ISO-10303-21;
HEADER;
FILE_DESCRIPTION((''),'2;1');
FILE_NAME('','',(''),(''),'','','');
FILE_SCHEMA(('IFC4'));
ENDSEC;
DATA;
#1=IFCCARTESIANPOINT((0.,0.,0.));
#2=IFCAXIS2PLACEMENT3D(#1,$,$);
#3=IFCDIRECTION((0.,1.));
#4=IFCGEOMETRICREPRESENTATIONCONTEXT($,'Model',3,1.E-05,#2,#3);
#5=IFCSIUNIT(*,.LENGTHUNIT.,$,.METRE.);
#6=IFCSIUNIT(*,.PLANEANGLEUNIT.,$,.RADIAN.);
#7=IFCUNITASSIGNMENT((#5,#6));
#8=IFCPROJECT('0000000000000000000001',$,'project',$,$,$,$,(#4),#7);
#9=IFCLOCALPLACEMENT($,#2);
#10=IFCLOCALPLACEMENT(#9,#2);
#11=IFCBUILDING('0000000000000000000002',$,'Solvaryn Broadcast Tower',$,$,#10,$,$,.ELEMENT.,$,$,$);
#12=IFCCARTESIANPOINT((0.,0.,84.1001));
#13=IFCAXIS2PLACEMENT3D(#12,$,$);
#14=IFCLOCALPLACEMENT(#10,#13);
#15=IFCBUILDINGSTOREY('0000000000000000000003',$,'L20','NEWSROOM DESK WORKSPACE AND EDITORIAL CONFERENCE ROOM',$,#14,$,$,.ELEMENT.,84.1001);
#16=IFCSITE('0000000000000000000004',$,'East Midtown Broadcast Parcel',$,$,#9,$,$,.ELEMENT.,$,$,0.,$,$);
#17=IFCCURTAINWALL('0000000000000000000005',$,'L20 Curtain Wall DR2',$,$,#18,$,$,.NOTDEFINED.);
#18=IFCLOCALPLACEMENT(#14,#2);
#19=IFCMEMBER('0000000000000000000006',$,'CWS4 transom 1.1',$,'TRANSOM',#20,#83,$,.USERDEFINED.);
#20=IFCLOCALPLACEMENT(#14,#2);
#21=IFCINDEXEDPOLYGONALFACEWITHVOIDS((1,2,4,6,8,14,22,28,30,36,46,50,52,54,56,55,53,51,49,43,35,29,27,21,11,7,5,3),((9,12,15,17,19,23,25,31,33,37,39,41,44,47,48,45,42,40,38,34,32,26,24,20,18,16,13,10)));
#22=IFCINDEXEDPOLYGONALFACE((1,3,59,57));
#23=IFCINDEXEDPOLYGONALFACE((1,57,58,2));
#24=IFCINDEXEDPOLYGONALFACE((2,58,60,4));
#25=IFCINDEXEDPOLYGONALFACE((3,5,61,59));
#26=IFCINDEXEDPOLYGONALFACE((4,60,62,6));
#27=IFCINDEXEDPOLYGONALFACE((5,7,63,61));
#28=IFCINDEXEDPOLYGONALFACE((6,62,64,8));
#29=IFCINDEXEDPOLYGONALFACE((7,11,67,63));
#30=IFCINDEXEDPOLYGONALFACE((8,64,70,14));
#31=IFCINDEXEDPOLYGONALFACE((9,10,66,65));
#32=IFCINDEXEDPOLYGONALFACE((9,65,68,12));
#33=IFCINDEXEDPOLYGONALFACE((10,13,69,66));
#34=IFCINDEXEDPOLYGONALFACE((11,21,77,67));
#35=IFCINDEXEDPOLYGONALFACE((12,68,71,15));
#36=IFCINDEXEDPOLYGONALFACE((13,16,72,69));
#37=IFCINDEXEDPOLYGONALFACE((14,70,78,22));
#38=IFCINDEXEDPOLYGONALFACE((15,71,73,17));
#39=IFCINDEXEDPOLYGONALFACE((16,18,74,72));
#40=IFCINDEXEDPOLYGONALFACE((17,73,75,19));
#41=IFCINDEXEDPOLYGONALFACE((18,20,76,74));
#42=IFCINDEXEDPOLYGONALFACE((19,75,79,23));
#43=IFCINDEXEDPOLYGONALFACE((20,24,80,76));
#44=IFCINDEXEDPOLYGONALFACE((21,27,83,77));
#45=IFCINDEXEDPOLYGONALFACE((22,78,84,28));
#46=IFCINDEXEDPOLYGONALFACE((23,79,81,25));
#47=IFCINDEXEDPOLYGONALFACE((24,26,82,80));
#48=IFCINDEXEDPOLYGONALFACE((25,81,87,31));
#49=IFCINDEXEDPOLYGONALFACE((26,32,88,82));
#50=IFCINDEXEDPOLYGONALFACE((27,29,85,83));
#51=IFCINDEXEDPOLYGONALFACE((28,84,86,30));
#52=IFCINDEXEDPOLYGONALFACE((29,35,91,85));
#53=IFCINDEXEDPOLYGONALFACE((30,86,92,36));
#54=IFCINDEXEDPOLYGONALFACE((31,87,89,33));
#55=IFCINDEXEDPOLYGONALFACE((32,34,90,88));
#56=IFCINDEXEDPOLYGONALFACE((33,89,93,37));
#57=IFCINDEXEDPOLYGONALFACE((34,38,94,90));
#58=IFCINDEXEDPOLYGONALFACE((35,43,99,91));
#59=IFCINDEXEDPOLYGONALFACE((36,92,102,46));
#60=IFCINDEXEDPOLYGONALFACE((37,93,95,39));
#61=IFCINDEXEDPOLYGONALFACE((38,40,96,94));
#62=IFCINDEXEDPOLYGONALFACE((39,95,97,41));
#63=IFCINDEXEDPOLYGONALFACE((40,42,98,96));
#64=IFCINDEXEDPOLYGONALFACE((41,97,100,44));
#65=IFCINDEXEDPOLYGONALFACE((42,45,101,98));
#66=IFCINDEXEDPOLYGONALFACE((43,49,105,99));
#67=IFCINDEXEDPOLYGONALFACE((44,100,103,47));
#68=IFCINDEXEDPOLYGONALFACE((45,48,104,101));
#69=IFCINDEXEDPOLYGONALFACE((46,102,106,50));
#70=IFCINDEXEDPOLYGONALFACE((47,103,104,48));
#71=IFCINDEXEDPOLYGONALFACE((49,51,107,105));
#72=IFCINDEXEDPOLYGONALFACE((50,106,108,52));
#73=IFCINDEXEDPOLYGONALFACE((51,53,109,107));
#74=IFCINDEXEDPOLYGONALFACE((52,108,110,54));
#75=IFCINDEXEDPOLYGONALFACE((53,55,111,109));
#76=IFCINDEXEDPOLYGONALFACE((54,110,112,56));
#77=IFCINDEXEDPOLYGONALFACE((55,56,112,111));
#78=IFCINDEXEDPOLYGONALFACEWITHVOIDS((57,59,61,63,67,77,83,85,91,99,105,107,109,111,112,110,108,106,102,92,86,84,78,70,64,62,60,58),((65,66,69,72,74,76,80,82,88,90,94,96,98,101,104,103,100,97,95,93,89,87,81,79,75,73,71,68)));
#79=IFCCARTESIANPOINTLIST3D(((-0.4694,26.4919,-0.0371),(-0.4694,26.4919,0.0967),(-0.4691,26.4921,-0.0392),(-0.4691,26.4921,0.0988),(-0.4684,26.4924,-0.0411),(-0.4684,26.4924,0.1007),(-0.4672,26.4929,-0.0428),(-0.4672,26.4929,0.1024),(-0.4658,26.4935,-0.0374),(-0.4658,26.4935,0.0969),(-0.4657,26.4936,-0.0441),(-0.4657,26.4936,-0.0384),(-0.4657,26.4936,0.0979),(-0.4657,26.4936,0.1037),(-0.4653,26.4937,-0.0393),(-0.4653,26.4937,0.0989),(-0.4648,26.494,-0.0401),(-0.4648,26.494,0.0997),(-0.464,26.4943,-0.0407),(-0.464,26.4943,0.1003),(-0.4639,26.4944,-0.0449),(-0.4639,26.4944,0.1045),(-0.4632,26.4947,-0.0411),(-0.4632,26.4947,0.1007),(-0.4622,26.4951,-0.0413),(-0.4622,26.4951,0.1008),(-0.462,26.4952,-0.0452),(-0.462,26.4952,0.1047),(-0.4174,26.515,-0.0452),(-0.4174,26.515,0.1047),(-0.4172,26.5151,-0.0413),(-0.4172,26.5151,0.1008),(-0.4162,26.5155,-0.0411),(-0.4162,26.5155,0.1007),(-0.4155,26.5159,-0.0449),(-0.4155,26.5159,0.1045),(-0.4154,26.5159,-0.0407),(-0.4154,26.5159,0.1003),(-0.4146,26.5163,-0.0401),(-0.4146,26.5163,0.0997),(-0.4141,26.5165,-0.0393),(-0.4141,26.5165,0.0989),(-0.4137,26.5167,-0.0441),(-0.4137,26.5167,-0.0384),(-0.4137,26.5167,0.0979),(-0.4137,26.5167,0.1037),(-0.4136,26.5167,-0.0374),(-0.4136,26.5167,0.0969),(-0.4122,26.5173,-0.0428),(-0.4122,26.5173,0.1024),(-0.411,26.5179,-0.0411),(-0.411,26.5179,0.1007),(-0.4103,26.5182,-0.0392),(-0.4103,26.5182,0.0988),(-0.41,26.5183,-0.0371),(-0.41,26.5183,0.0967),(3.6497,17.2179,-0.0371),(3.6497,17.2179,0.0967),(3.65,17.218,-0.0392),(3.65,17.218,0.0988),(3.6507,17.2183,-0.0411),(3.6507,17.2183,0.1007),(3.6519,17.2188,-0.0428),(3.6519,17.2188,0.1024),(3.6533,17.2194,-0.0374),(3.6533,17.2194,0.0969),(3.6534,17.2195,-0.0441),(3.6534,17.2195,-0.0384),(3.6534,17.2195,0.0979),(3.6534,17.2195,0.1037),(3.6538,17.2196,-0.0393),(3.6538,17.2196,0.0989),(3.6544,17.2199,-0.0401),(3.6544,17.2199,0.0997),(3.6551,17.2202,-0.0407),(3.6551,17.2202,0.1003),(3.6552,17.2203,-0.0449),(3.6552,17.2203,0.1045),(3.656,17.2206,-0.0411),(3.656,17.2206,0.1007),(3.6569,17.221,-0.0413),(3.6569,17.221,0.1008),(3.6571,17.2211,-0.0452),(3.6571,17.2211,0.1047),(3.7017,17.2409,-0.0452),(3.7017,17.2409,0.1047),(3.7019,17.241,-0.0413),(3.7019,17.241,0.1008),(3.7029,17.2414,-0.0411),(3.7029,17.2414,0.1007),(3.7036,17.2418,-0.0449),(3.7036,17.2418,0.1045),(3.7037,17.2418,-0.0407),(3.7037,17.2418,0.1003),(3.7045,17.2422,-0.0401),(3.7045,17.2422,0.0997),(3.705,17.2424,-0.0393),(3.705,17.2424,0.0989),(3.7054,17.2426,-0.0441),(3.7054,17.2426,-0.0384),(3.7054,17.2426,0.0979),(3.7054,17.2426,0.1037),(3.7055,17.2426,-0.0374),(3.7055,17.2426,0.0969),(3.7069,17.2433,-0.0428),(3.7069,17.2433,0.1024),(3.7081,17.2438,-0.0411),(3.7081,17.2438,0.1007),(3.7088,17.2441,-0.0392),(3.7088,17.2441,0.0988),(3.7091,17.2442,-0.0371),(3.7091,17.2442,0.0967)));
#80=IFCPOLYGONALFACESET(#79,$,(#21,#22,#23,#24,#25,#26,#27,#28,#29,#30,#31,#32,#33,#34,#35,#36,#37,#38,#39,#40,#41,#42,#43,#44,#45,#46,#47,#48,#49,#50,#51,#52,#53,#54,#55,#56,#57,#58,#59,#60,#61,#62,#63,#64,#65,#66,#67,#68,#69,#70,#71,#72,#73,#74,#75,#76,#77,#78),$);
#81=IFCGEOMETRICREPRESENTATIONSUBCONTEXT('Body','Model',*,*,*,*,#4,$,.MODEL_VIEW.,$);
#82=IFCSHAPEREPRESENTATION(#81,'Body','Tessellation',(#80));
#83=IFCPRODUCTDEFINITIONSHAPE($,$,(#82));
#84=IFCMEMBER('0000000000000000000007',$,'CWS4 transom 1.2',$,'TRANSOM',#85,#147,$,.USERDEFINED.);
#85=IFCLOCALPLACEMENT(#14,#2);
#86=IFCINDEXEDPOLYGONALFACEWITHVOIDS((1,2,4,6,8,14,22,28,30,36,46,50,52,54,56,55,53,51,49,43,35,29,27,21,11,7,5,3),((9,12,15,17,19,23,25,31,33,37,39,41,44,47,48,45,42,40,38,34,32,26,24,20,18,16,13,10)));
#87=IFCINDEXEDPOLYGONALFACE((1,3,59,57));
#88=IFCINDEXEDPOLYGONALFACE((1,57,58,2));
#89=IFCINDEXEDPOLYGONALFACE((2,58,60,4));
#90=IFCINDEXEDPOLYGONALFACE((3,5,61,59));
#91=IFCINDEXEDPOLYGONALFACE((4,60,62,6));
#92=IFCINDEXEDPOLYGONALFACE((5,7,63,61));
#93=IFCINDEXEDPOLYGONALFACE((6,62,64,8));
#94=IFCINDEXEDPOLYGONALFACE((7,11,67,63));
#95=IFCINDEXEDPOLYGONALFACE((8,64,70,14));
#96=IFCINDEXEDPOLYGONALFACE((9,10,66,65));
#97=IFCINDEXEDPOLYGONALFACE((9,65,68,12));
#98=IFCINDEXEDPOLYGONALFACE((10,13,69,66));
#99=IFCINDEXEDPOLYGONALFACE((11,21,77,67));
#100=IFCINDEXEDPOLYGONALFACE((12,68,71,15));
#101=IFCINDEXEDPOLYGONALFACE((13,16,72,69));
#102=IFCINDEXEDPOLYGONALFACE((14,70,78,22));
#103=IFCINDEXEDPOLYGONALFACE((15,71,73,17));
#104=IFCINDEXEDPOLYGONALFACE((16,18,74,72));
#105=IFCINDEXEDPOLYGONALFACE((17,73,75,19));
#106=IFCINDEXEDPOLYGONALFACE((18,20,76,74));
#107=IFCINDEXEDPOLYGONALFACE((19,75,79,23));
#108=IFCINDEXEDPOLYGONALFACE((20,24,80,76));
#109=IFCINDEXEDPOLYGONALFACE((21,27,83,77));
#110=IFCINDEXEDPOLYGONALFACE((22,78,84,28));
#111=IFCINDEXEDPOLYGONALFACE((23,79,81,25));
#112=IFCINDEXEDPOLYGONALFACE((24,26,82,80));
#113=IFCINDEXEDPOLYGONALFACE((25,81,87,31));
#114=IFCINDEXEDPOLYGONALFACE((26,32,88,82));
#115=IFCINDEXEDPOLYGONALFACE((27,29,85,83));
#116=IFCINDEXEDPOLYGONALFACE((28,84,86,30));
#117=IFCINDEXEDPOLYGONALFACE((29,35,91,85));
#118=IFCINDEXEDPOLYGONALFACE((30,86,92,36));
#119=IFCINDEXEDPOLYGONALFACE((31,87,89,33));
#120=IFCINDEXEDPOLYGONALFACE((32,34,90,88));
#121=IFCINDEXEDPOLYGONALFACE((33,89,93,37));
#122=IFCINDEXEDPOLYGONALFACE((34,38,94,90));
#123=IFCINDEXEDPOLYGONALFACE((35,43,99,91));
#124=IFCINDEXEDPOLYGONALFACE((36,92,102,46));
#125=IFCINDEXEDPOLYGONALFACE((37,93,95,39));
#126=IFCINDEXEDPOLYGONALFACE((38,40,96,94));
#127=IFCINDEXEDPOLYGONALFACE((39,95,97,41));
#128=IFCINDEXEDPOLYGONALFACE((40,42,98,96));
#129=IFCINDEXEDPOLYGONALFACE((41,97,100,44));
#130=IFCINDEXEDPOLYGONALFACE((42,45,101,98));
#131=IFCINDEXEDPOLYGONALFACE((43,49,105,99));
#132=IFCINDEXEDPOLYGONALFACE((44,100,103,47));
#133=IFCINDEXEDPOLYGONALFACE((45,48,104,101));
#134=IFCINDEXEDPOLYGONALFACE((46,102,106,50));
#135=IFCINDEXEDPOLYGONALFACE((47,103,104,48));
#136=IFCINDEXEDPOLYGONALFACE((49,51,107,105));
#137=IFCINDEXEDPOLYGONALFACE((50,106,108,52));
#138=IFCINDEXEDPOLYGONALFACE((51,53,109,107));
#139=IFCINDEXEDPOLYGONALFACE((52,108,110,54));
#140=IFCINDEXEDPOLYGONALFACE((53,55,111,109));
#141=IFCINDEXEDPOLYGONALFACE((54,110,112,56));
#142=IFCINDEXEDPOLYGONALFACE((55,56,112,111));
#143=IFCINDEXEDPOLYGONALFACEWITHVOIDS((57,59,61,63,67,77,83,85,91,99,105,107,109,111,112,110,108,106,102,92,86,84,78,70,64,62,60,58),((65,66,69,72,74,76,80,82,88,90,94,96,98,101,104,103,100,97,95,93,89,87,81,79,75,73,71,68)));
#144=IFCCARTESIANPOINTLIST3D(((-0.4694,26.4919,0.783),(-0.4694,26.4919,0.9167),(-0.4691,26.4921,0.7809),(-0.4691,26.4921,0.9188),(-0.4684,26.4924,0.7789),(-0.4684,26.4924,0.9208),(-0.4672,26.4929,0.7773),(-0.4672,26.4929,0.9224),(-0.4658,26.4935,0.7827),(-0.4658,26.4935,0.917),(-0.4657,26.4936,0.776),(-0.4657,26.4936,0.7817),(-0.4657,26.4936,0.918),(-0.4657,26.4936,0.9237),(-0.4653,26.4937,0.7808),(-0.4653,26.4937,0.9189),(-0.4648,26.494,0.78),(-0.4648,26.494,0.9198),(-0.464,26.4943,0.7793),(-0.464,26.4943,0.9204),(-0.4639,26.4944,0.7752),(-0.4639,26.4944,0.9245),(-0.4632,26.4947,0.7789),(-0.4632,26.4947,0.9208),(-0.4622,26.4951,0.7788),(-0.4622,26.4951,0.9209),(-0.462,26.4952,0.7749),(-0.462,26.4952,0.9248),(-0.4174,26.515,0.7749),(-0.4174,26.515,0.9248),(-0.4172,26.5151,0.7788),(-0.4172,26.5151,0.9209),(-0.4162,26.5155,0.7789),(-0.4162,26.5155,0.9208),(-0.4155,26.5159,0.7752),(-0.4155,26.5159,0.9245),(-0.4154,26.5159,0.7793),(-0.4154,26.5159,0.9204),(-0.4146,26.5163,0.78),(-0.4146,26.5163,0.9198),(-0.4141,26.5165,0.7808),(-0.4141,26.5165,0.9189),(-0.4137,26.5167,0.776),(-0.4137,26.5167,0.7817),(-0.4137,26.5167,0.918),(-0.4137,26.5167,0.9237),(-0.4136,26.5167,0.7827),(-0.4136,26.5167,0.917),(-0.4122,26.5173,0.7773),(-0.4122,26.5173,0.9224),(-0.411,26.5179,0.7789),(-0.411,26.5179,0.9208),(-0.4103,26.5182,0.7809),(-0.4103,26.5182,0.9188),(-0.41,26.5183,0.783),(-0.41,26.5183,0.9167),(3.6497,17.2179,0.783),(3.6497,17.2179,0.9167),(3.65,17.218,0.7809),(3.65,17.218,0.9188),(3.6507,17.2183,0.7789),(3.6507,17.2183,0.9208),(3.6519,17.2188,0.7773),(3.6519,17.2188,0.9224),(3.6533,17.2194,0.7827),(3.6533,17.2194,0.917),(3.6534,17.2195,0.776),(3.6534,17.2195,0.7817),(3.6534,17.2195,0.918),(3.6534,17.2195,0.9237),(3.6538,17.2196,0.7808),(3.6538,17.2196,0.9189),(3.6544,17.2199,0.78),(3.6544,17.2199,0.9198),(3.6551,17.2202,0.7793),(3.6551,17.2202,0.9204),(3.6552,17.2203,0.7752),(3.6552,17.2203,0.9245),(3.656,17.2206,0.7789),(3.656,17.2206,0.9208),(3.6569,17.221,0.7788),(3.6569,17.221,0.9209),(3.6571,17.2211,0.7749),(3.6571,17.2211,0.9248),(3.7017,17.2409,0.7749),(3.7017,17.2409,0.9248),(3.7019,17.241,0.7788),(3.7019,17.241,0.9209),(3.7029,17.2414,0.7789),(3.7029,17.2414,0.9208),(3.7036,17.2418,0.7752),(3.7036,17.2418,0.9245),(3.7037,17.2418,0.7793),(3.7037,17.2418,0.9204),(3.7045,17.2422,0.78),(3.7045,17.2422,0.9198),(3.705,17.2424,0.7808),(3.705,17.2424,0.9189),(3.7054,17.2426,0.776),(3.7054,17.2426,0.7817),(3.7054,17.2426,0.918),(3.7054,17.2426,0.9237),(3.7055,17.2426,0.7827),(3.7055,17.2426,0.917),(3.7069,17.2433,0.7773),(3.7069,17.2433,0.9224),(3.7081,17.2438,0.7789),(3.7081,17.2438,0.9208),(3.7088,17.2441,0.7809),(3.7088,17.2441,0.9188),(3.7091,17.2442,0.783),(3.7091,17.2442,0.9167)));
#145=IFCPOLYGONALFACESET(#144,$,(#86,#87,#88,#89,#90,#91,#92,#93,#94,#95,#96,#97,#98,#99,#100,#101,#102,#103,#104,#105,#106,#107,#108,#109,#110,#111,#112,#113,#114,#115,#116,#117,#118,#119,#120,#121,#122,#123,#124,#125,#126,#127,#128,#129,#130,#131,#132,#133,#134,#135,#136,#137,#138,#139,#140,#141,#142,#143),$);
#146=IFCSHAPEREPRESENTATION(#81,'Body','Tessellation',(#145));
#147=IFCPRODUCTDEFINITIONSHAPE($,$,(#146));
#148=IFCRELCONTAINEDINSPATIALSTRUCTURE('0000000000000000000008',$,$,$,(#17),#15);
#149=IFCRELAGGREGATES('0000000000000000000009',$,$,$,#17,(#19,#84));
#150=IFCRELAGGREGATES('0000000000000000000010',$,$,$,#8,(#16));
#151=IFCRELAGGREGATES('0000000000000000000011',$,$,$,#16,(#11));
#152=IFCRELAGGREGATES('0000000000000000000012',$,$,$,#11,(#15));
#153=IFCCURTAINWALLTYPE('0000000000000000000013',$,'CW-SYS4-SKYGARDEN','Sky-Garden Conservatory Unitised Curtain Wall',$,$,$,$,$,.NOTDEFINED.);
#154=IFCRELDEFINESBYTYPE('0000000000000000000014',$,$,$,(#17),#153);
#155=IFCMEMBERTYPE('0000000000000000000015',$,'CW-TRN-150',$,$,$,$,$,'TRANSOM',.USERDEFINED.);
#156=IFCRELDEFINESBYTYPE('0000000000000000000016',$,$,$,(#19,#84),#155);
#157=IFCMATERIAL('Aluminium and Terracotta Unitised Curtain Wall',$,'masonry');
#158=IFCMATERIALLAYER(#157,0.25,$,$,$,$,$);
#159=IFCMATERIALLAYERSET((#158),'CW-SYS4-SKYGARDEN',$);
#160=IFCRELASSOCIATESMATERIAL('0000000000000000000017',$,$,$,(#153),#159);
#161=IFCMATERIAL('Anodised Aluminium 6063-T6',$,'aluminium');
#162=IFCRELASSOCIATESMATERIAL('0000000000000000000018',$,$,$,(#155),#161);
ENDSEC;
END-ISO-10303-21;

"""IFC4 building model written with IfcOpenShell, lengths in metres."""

from ifc_helpers import new_model, si_unit, direction, frame, origin, origin_2d, place, context, subcontext, project, spatial, hollow_rectangle, extrude, material, layer, layer_set, material_profile, profile_set, type_object, element, aggregate, save


model = new_model("IFC4")

# Units and contexts
model_context = context("Model", 3, precision=1e-05, world=origin(), true_north=direction((0.0, 1.0)))
body_context = subcontext(model_context, "Body", "Model", "MODEL_VIEW")
ifc_project = project(units=[si_unit("LENGTHUNIT", "METRE"), si_unit("PLANEANGLEUNIT", "RADIAN")], contexts=[model_context])

# Site, building, storey
site_placement = place(None, origin())
site = spatial("IfcSite", under=ifc_project, at=site_placement, Name="East Midtown Broadcast Parcel", CompositionType="ELEMENT", RefElevation=0.0)
building_placement = place(site_placement, origin())
building = spatial("IfcBuilding", under=site, at=building_placement, Name="Solvaryn Broadcast Tower", CompositionType="ELEMENT")
storey_placement = place(building_placement, frame((0.0, 0.0, 84.1001)))
storey = spatial("IfcBuildingStorey", under=building, at=storey_placement, Name="L20", Description="NEWSROOM DESK WORKSPACE AND EDITORIAL CONFERENCE ROOM", CompositionType="ELEMENT", Elevation=84.1001)

# Shared definitions
ifc_material_1 = material(Name="Aluminium and Terracotta Unitised Curtain Wall", Category="masonry")
ifc_layer_1 = layer(ifc_material_1, 0.25)
ifc_layer_set_1 = layer_set([ifc_layer_1], Name="CW-SYS4-SKYGARDEN")
curtain_wall_type = type_object("IfcCurtainWallType", Name="CW-SYS4-SKYGARDEN", Description="Sky-Garden Conservatory Unitised Curtain Wall", PredefinedType="NOTDEFINED", material=ifc_layer_set_1)

# Curtain wall, members
curtain_wall_1_placement = place(storey_placement, origin())
curtain_wall_1 = element("IfcCurtainWall", 1, at=curtain_wall_1_placement, inside=storey, type_object=curtain_wall_type, Name="L20 Curtain Wall DR2", PredefinedType="NOTDEFINED")
ifc_material_2 = material(Name="Anodised Aluminium 6063-T6", Category="aluminium")
ifc_material_profile_1 = material_profile(ifc_material_2, hollow_rectangle(XDim=0.0649, YDim=0.1499, WallThickness=0.0039, InnerFilletRadius=0.0039, OuterFilletRadius=0.0081, at=origin_2d()))
ifc_profile_set_1 = profile_set([ifc_material_profile_1], Name="Anodised Aluminium 6063-T6")
member_type_1 = type_object("IfcMemberType", Name="CW-TRN-150", ElementType="TRANSOM", PredefinedType="USERDEFINED", material=ifc_profile_set_1)
member_1_placement = place(storey_placement, frame((-0.4397, 26.5051, 0.0298), z_axis=(0.405915, -0.913911, 0.0), x_axis=(0.913911, 0.405915, 0.0)))
member_1 = element("IfcMember", 2, at=member_1_placement, type_object=member_type_1, Name="CWS4 transom 1.1", ObjectType="TRANSOM", PredefinedType="USERDEFINED", context=body_context, shape_type="SweptSolid", body=[
    extrude(hollow_rectangle(XDim=0.0649, YDim=0.1499, WallThickness=0.0039, InnerFilletRadius=0.0039, OuterFilletRadius=0.0081, at=origin_2d()), origin(), (0.0, 0.0, 1.0), 10.1477),
])
member_2_placement = place(storey_placement, frame((-0.4397, 26.5051, 0.8499), z_axis=(0.405915, -0.913911, 0.0), x_axis=(0.913911, 0.405915, 0.0)))
member_2 = element("IfcMember", 3, at=member_2_placement, type_object=member_type_1, Name="CWS4 transom 1.2", ObjectType="TRANSOM", PredefinedType="USERDEFINED", context=body_context, shape_type="SweptSolid", body=[
    extrude(hollow_rectangle(XDim=0.0649, YDim=0.1499, WallThickness=0.0039, InnerFilletRadius=0.0039, OuterFilletRadius=0.0081, at=origin_2d()), origin(), (0.0, 0.0, 1.0), 10.1477),
])
aggregate(curtain_wall_1, [member_1, member_2])

save(model, "model.ifc")
